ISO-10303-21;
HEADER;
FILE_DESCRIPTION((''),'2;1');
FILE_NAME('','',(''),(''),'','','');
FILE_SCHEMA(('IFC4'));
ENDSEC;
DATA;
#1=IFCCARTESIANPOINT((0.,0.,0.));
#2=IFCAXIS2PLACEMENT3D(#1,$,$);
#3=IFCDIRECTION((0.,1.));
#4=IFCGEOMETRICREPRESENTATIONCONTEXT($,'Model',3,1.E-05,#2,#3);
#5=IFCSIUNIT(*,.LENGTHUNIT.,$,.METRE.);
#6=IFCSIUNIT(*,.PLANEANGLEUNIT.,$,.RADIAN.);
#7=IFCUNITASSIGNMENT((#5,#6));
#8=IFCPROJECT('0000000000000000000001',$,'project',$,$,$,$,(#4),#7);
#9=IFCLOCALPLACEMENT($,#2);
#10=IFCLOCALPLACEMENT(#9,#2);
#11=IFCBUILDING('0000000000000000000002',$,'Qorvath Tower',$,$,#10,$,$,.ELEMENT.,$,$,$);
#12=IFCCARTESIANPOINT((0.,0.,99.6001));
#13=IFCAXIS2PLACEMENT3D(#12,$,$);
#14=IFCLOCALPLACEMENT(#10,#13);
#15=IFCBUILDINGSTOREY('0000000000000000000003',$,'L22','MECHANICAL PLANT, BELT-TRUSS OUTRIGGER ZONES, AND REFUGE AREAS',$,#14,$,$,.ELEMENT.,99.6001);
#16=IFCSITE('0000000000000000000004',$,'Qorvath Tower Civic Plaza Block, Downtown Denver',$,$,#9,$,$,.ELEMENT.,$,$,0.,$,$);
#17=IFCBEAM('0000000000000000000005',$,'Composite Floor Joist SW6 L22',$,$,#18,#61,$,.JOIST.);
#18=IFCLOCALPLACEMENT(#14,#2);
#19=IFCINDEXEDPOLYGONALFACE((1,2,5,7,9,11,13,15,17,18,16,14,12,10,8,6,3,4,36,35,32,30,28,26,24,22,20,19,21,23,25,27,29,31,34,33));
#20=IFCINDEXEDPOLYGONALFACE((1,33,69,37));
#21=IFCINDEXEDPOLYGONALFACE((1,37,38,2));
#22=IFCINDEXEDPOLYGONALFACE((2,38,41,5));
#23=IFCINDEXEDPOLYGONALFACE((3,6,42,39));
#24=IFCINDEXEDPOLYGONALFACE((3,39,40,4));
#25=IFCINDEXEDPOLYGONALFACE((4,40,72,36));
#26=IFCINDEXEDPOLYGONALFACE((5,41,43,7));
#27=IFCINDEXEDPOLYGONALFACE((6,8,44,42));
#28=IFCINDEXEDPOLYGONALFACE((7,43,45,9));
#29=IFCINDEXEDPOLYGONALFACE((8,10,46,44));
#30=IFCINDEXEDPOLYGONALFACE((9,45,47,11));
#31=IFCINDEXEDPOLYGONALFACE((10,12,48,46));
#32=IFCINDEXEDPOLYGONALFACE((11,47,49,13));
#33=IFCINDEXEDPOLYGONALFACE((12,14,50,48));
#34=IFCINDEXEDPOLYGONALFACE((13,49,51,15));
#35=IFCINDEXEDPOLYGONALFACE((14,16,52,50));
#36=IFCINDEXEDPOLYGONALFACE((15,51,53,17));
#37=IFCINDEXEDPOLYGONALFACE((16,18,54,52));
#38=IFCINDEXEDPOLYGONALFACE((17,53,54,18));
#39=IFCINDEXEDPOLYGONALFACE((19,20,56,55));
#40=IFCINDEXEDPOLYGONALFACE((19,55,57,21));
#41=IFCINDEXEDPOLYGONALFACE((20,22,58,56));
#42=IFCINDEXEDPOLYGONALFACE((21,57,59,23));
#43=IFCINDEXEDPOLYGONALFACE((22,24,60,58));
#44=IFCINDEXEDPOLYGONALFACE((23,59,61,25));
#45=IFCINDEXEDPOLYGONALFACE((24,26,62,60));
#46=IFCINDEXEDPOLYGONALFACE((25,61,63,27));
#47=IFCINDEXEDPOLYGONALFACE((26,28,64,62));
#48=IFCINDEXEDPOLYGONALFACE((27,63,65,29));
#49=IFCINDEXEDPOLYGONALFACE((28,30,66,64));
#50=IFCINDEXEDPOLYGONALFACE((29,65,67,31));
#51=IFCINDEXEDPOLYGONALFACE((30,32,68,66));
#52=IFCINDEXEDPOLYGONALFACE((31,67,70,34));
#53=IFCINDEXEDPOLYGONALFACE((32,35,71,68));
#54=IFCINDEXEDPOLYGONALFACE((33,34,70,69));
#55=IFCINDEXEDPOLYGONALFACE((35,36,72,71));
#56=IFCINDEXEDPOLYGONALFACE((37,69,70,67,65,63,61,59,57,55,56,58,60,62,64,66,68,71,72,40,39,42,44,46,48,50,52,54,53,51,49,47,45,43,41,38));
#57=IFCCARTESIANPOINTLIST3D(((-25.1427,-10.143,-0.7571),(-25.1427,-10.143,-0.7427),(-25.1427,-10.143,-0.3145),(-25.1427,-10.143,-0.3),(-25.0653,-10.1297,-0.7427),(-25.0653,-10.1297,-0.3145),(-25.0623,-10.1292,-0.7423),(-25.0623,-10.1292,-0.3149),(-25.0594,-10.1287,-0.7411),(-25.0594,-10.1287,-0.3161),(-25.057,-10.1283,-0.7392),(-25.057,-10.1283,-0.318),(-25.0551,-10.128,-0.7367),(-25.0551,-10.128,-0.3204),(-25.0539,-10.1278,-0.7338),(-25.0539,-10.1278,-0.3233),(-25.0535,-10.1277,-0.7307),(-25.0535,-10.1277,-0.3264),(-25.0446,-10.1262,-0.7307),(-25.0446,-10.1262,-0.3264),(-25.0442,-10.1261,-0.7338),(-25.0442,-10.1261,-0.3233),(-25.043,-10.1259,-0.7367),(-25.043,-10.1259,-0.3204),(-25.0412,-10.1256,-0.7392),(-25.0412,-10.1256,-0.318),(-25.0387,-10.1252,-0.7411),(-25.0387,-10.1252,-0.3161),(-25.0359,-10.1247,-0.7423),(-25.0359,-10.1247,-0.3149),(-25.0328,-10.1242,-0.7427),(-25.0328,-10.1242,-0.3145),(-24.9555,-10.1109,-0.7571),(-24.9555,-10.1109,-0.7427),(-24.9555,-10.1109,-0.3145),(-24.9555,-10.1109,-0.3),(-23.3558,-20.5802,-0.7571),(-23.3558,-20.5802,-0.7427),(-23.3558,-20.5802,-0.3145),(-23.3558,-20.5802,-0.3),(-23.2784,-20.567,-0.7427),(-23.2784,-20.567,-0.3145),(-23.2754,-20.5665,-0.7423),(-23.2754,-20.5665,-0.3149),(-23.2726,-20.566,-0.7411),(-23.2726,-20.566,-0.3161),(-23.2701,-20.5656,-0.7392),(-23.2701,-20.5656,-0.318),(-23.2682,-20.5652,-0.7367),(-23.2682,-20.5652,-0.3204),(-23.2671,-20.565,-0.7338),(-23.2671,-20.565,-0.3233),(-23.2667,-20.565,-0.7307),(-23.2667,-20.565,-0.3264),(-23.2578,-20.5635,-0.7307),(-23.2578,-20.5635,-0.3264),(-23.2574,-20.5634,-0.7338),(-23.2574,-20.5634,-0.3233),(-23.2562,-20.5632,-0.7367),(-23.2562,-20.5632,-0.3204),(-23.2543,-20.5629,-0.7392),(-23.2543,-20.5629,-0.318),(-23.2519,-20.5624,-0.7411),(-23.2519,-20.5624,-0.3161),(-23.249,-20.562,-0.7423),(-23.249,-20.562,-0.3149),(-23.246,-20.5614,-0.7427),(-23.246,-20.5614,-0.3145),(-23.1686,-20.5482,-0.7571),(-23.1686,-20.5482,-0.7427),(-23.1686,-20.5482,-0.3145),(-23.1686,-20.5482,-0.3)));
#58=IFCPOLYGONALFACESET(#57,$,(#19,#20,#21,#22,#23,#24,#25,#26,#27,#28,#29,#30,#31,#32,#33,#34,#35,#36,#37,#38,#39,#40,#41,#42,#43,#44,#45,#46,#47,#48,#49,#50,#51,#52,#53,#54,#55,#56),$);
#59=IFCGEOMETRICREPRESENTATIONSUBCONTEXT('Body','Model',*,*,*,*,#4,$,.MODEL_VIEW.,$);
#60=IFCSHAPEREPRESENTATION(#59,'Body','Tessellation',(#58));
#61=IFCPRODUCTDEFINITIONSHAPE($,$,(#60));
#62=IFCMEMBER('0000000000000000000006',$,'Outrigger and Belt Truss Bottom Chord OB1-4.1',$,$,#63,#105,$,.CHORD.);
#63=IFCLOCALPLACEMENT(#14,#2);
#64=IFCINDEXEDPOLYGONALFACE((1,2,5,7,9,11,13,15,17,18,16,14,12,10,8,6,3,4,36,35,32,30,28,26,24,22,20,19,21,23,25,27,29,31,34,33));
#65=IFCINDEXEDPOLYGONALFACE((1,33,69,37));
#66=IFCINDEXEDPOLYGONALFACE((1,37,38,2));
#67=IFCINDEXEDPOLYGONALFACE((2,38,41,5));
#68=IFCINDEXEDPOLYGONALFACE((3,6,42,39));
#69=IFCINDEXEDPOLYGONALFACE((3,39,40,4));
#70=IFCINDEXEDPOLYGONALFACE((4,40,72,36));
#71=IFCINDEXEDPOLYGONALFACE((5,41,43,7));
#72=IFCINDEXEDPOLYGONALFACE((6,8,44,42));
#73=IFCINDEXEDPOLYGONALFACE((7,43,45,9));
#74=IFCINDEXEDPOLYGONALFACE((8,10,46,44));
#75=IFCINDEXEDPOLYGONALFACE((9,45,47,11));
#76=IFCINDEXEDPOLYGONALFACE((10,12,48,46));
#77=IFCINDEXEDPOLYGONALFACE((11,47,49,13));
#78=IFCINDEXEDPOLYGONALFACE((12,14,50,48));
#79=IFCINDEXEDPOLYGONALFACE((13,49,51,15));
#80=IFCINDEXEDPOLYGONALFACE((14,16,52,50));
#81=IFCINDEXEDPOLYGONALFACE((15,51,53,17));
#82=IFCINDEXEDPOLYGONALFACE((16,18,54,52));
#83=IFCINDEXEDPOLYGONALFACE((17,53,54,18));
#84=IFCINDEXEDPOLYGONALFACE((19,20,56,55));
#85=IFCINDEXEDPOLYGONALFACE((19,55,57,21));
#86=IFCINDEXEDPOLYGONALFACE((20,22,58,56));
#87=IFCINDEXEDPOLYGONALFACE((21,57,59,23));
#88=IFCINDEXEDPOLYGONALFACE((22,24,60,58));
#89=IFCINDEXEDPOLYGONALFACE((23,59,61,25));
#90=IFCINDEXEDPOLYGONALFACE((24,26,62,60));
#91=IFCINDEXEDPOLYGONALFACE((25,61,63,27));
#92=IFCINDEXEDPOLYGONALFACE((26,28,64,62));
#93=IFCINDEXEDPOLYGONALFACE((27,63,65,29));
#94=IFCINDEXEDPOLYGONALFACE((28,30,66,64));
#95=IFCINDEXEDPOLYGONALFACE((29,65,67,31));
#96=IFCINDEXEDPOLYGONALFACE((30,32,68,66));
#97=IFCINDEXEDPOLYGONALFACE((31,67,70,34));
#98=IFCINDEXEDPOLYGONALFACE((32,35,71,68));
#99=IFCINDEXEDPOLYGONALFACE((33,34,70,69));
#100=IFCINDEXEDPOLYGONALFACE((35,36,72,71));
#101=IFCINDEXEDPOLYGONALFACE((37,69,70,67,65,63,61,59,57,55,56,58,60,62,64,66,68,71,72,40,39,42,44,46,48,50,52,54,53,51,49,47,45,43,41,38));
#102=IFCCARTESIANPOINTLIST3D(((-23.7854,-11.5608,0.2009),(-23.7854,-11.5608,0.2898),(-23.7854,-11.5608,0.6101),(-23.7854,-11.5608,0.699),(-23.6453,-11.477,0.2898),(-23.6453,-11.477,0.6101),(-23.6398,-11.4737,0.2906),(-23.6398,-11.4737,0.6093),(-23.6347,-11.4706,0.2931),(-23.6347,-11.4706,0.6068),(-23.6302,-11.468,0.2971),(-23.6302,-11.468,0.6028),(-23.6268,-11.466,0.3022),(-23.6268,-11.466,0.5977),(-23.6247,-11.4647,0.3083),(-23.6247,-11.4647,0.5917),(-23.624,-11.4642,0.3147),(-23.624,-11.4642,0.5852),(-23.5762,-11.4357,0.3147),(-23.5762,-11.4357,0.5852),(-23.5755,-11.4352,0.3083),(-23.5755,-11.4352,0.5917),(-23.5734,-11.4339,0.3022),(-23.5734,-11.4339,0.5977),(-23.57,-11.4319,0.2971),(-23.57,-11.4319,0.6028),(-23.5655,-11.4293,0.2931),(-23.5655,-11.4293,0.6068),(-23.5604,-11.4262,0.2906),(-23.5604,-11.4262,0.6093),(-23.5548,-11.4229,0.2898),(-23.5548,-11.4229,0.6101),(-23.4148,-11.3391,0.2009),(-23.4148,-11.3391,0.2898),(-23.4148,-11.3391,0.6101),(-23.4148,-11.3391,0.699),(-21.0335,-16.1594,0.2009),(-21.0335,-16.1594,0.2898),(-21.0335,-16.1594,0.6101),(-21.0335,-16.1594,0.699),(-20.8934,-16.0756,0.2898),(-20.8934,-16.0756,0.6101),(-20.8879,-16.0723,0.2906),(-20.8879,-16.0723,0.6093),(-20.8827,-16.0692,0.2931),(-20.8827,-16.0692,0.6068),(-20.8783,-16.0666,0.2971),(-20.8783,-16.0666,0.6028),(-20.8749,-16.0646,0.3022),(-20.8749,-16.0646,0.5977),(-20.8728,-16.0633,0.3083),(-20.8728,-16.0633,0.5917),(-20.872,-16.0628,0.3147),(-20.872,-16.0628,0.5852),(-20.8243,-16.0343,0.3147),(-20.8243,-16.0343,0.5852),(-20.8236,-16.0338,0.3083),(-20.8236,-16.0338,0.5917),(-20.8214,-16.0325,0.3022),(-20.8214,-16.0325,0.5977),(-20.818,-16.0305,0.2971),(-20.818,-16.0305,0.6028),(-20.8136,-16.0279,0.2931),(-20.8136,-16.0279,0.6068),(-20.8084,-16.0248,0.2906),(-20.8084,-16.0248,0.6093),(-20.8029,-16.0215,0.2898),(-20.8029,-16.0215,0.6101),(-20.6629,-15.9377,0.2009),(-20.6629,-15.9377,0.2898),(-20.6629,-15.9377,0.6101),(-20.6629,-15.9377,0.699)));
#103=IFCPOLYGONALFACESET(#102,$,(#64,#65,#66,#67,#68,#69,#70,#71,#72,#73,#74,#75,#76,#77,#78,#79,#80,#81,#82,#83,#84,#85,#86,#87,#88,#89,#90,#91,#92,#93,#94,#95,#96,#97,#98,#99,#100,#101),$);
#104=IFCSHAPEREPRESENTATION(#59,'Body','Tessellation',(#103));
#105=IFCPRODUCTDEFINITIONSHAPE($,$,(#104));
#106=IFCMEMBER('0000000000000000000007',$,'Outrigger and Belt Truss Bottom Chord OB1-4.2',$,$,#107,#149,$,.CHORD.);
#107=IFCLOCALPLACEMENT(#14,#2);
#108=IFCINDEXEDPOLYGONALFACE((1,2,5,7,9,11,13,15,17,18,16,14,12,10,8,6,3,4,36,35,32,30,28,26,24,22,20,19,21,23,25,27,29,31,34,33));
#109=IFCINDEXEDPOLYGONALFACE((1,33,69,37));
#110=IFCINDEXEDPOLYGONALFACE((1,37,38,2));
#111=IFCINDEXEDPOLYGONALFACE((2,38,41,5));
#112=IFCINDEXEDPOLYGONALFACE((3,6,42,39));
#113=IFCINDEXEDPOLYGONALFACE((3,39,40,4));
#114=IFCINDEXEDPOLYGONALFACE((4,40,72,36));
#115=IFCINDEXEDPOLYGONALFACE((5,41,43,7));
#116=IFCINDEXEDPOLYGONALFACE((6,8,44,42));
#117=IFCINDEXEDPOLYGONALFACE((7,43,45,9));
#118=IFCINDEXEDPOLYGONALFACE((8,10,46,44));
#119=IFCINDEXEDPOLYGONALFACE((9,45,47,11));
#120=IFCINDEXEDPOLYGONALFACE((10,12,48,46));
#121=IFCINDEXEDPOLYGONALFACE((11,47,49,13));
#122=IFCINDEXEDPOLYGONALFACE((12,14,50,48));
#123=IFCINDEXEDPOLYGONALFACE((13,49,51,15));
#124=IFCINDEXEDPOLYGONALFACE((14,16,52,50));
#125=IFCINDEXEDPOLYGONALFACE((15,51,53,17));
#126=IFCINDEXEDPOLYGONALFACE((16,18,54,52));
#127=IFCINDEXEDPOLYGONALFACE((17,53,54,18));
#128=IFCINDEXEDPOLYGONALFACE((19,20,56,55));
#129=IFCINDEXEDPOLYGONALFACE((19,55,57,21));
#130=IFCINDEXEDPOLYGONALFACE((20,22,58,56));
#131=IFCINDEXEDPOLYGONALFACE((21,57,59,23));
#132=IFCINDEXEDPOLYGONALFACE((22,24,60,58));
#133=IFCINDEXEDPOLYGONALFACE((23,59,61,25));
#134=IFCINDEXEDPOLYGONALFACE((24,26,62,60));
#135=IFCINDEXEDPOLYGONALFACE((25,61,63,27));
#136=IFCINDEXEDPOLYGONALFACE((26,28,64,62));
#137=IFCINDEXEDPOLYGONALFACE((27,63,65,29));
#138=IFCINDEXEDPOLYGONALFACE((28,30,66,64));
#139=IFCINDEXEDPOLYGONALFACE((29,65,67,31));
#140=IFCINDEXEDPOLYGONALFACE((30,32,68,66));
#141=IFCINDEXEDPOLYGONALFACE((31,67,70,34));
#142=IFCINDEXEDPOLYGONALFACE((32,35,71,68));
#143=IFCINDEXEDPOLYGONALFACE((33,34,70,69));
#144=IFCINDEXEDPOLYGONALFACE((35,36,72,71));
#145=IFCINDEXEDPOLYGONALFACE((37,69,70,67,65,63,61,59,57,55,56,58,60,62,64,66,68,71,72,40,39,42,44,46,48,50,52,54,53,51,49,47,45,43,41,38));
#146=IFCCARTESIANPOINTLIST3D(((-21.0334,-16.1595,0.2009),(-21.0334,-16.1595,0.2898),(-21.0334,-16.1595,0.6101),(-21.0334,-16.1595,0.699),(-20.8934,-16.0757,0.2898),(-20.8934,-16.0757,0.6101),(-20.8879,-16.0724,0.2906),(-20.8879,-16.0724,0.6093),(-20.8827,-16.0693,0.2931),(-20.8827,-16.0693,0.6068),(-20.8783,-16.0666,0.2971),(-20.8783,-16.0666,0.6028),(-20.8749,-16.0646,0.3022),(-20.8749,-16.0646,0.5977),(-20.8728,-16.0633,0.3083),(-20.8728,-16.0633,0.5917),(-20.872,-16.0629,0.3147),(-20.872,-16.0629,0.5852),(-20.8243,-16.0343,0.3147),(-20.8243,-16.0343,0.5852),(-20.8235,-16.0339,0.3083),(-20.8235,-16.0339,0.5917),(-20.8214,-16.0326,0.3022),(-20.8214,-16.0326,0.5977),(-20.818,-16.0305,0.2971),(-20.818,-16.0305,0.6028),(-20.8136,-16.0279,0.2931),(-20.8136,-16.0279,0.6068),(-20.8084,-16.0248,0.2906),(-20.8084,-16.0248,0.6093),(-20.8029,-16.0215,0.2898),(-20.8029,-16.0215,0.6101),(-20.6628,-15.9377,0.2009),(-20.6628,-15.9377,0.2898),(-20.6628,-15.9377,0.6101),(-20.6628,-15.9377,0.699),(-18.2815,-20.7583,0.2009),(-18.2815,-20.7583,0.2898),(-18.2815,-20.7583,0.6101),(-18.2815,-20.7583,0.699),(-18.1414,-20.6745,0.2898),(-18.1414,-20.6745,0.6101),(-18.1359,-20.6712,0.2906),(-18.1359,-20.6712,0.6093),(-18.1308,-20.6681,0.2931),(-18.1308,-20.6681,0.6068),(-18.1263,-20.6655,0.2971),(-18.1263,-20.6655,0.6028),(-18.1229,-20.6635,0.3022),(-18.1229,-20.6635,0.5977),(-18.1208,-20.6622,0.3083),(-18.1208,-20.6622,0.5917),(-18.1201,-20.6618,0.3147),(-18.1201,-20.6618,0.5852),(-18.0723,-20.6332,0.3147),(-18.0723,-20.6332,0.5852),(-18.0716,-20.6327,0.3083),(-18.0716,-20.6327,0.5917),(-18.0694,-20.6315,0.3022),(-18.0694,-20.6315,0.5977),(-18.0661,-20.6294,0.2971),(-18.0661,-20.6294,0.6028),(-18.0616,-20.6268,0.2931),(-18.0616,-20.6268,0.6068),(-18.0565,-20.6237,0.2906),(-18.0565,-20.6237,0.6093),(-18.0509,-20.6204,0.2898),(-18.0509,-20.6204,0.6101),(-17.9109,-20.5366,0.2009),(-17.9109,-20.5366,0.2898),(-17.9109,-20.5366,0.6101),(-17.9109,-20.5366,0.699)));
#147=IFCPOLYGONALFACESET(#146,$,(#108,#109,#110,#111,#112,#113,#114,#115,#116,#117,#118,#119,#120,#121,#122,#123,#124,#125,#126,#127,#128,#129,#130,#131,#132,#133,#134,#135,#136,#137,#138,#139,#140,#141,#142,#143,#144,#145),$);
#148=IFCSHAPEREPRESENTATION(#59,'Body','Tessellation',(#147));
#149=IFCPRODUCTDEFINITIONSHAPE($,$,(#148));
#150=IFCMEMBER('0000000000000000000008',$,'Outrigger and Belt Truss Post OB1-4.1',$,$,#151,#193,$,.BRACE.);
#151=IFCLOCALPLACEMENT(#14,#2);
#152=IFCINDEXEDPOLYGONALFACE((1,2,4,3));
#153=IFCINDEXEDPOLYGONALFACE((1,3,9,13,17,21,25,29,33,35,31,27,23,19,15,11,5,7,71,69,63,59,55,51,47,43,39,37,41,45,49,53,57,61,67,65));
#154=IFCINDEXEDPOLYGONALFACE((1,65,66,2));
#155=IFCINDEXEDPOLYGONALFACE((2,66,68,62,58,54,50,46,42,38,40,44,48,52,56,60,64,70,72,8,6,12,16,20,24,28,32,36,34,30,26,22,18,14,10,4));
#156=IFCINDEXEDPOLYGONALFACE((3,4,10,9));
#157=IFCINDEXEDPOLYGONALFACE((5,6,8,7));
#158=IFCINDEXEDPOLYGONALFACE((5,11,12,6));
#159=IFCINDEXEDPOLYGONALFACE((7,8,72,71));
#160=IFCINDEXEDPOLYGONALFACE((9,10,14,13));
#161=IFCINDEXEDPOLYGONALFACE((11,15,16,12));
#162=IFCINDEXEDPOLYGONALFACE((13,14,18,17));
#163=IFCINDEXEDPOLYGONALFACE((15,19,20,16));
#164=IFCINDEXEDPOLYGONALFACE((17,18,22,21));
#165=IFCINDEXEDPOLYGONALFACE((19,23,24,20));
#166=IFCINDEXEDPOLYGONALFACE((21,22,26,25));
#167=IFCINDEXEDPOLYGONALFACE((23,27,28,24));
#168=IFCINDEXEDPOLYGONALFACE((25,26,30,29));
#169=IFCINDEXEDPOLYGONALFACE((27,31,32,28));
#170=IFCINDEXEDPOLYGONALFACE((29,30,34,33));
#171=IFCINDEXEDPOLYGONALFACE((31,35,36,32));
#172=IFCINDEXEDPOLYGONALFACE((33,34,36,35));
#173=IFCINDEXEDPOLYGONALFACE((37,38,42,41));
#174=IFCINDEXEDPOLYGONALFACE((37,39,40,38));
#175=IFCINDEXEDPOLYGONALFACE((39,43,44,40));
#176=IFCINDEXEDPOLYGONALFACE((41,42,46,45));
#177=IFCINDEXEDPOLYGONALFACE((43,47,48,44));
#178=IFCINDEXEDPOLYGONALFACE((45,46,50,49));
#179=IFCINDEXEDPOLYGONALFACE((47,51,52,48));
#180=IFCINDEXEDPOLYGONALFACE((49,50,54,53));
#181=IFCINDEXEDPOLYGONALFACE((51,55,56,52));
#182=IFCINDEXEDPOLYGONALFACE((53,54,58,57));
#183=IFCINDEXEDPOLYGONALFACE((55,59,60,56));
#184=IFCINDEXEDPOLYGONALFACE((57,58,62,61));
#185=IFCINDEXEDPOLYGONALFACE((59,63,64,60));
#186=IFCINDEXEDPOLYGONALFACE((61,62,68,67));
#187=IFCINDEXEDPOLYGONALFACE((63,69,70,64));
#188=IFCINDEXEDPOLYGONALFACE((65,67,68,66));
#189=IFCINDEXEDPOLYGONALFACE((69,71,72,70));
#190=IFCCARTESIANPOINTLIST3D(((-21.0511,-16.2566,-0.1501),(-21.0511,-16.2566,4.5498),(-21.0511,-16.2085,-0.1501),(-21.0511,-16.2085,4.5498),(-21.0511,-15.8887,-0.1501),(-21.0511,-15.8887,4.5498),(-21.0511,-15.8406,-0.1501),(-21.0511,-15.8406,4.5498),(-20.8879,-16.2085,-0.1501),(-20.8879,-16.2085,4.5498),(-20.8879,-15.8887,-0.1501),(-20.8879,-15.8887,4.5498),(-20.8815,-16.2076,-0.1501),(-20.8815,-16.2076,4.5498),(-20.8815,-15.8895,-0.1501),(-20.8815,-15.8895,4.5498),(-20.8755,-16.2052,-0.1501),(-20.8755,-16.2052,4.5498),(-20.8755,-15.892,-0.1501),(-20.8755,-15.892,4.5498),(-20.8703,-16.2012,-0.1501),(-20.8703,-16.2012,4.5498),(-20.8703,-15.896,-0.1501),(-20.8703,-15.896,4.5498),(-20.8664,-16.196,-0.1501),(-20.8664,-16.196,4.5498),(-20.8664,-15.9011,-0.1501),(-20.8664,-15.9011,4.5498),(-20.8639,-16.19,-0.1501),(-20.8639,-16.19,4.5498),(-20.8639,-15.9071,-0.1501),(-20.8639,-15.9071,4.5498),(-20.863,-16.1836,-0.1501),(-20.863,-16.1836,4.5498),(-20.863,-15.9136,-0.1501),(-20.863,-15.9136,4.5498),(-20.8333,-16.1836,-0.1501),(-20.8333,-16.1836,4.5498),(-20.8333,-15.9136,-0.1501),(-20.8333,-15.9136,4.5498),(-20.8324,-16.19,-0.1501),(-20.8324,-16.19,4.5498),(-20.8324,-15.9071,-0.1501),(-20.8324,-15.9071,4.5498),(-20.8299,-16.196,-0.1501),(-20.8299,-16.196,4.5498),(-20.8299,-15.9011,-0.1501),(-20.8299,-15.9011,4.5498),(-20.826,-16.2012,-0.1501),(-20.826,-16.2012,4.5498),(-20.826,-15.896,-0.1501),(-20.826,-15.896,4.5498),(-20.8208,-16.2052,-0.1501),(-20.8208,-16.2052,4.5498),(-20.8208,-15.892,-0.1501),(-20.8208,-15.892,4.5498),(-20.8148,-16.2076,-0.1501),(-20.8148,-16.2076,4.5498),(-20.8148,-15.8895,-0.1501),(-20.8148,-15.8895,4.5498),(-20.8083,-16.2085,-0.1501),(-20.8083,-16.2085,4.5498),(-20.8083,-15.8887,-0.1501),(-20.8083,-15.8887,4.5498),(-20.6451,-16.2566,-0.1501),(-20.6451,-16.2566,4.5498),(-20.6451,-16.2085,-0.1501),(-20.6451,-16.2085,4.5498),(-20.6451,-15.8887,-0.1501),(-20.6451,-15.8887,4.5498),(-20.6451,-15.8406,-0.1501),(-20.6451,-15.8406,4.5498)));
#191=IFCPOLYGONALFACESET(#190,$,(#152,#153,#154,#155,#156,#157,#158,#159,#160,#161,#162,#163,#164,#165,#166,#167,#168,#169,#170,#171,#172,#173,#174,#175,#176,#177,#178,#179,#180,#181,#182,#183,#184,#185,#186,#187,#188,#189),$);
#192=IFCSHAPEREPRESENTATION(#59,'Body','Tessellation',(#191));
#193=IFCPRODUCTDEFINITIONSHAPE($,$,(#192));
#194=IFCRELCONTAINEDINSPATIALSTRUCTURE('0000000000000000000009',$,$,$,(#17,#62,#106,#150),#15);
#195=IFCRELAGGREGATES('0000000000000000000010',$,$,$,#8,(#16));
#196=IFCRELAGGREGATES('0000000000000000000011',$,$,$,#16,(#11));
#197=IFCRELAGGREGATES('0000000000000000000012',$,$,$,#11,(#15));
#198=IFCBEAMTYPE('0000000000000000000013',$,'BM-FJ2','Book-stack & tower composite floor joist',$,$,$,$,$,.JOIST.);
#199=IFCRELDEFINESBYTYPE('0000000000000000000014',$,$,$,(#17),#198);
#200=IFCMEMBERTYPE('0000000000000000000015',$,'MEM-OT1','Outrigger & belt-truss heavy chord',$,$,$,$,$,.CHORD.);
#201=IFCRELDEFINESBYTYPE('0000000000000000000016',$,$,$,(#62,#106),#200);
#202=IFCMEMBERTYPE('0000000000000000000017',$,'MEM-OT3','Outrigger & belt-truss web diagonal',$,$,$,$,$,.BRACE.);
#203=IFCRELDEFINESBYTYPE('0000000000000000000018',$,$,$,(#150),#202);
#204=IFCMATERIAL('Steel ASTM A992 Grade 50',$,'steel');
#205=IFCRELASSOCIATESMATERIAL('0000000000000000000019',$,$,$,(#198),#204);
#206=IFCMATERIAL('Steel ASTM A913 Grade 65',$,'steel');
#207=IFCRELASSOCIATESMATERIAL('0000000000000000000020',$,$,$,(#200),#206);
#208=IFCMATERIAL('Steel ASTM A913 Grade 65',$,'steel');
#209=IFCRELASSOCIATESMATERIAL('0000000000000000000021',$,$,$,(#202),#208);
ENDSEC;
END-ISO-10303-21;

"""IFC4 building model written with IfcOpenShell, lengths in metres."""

from ifc_helpers import new_model, si_unit, direction, frame, origin, origin_2d, place, context, subcontext, project, spatial, i_section, extrude, material, material_profile, profile_set, type_object, element, save


model = new_model("IFC4")

# Units and contexts
model_context = context("Model", 3, precision=1e-05, world=origin(), true_north=direction((0.0, 1.0)))
body_context = subcontext(model_context, "Body", "Model", "MODEL_VIEW")
ifc_project = project(units=[si_unit("LENGTHUNIT", "METRE"), si_unit("PLANEANGLEUNIT", "RADIAN")], contexts=[model_context])

# Site, building, storey
site_placement = place(None, origin())
site = spatial("IfcSite", under=ifc_project, at=site_placement, Name="Qorvath Tower Civic Plaza Block, Downtown Denver", CompositionType="ELEMENT", RefElevation=0.0)
building_placement = place(site_placement, origin())
building = spatial("IfcBuilding", under=site, at=building_placement, Name="Qorvath Tower", CompositionType="ELEMENT")
storey_placement = place(building_placement, frame((0.0, 0.0, 99.6001)))
storey = spatial("IfcBuildingStorey", under=building, at=storey_placement, Name="L22", Description="MECHANICAL PLANT, BELT-TRUSS OUTRIGGER ZONES, AND REFUGE AREAS", CompositionType="ELEMENT", Elevation=99.6001)

# Beam
ifc_material_1 = material(Name="Steel ASTM A992 Grade 50", Category="steel")
ifc_material_profile_1 = material_profile(ifc_material_1, i_section(OverallWidth=0.1899, OverallDepth=0.457, WebThickness=0.009, FlangeThickness=0.0144, FilletRadius=0.012, at=origin_2d()), Name="W18x50")
ifc_profile_set_1 = profile_set([ifc_material_profile_1], Name="Steel ASTM A992 Grade 50")
beam_type_1 = type_object("IfcBeamType", Name="BM-FJ2", Description="Book-stack & tower composite floor joist", PredefinedType="JOIST", material=ifc_profile_set_1)
beam_1_placement = place(storey_placement, frame((-25.0491, -10.127, -0.5286), z_axis=(0.168746, -0.98566, 0.0), x_axis=(0.98566, 0.168746, 0.0)))
element("IfcBeam", 1, at=beam_1_placement, inside=storey, type_object=beam_type_1, Name="Composite Floor Joist SW6 L22", PredefinedType="JOIST", context=body_context, shape_type="SweptSolid", body=[
    extrude(i_section(OverallWidth=0.1899, OverallDepth=0.457, WebThickness=0.009, FlangeThickness=0.0144, FilletRadius=0.012, at=origin_2d()), origin(), (0.0, 0.0, 1.0), 10.5891),
])

# Members
ifc_material_2 = material(Name="Steel ASTM A913 Grade 65", Category="steel")
ifc_material_profile_2 = material_profile(ifc_material_2, i_section(OverallWidth=0.4319, OverallDepth=0.498, WebThickness=0.0557, FlangeThickness=0.0889, FilletRadius=0.0249, at=origin_2d()), Name="W14x500")
ifc_profile_set_2 = profile_set([ifc_material_profile_2], Name="Steel ASTM A913 Grade 65")
member_type_1 = type_object("IfcMemberType", Name="MEM-OT1", Description="Outrigger & belt-truss heavy chord", PredefinedType="CHORD", material=ifc_profile_set_2)
member_1_placement = place(storey_placement, frame((-23.6001, -11.45, 0.45), z_axis=(0.513504, -0.858087, 0.0), x_axis=(0.858087, 0.513504, 0.0)))
element("IfcMember", 2, at=member_1_placement, inside=storey, type_object=member_type_1, Name="Outrigger and Belt Truss Bottom Chord OB1-4.1", PredefinedType="CHORD", context=body_context, shape_type="SweptSolid", body=[
    extrude(i_section(OverallWidth=0.4319, OverallDepth=0.498, WebThickness=0.0557, FlangeThickness=0.0889, FilletRadius=0.0249, at=origin_2d()), origin(), (0.0, 0.0, 1.0), 5.3591),
])
member_2_placement = place(storey_placement, frame((-20.8481, -16.0486, 0.45), z_axis=(0.513484, -0.858099, 0.0), x_axis=(0.858099, 0.513484, 0.0)))
element("IfcMember", 3, at=member_2_placement, inside=storey, type_object=member_type_1, Name="Outrigger and Belt Truss Bottom Chord OB1-4.2", PredefinedType="CHORD", context=body_context, shape_type="SweptSolid", body=[
    extrude(i_section(OverallWidth=0.4319, OverallDepth=0.498, WebThickness=0.0557, FlangeThickness=0.0889, FilletRadius=0.0249, at=origin_2d()), origin(), (0.0, 0.0, 1.0), 5.3594),
])
ifc_material_3 = material(Name="Steel ASTM A913 Grade 65", Category="steel")
ifc_material_profile_3 = material_profile(ifc_material_3, i_section(OverallWidth=0.406, OverallDepth=0.416, WebThickness=0.0298, FlangeThickness=0.0481, FilletRadius=0.0249, at=origin_2d()), Name="W14x257")
ifc_profile_set_3 = profile_set([ifc_material_profile_3], Name="Steel ASTM A913 Grade 65")
member_type_2 = type_object("IfcMemberType", Name="MEM-OT3", Description="Outrigger & belt-truss web diagonal", PredefinedType="BRACE", material=ifc_profile_set_3)
member_3_placement = place(storey_placement, frame((-20.8481, -16.0486, -0.1501), z_axis=(0.0, 0.0, 1.0), x_axis=(1.0, 0.0, 0.0)))
element("IfcMember", 4, at=member_3_placement, inside=storey, type_object=member_type_2, Name="Outrigger and Belt Truss Post OB1-4.1", PredefinedType="BRACE", context=body_context, shape_type="SweptSolid", body=[
    extrude(i_section(OverallWidth=0.406, OverallDepth=0.416, WebThickness=0.0298, FlangeThickness=0.0481, FilletRadius=0.0249, at=origin_2d()), origin(), (0.0, 0.0, 1.0), 4.7),
])

save(model, "model.ifc")
